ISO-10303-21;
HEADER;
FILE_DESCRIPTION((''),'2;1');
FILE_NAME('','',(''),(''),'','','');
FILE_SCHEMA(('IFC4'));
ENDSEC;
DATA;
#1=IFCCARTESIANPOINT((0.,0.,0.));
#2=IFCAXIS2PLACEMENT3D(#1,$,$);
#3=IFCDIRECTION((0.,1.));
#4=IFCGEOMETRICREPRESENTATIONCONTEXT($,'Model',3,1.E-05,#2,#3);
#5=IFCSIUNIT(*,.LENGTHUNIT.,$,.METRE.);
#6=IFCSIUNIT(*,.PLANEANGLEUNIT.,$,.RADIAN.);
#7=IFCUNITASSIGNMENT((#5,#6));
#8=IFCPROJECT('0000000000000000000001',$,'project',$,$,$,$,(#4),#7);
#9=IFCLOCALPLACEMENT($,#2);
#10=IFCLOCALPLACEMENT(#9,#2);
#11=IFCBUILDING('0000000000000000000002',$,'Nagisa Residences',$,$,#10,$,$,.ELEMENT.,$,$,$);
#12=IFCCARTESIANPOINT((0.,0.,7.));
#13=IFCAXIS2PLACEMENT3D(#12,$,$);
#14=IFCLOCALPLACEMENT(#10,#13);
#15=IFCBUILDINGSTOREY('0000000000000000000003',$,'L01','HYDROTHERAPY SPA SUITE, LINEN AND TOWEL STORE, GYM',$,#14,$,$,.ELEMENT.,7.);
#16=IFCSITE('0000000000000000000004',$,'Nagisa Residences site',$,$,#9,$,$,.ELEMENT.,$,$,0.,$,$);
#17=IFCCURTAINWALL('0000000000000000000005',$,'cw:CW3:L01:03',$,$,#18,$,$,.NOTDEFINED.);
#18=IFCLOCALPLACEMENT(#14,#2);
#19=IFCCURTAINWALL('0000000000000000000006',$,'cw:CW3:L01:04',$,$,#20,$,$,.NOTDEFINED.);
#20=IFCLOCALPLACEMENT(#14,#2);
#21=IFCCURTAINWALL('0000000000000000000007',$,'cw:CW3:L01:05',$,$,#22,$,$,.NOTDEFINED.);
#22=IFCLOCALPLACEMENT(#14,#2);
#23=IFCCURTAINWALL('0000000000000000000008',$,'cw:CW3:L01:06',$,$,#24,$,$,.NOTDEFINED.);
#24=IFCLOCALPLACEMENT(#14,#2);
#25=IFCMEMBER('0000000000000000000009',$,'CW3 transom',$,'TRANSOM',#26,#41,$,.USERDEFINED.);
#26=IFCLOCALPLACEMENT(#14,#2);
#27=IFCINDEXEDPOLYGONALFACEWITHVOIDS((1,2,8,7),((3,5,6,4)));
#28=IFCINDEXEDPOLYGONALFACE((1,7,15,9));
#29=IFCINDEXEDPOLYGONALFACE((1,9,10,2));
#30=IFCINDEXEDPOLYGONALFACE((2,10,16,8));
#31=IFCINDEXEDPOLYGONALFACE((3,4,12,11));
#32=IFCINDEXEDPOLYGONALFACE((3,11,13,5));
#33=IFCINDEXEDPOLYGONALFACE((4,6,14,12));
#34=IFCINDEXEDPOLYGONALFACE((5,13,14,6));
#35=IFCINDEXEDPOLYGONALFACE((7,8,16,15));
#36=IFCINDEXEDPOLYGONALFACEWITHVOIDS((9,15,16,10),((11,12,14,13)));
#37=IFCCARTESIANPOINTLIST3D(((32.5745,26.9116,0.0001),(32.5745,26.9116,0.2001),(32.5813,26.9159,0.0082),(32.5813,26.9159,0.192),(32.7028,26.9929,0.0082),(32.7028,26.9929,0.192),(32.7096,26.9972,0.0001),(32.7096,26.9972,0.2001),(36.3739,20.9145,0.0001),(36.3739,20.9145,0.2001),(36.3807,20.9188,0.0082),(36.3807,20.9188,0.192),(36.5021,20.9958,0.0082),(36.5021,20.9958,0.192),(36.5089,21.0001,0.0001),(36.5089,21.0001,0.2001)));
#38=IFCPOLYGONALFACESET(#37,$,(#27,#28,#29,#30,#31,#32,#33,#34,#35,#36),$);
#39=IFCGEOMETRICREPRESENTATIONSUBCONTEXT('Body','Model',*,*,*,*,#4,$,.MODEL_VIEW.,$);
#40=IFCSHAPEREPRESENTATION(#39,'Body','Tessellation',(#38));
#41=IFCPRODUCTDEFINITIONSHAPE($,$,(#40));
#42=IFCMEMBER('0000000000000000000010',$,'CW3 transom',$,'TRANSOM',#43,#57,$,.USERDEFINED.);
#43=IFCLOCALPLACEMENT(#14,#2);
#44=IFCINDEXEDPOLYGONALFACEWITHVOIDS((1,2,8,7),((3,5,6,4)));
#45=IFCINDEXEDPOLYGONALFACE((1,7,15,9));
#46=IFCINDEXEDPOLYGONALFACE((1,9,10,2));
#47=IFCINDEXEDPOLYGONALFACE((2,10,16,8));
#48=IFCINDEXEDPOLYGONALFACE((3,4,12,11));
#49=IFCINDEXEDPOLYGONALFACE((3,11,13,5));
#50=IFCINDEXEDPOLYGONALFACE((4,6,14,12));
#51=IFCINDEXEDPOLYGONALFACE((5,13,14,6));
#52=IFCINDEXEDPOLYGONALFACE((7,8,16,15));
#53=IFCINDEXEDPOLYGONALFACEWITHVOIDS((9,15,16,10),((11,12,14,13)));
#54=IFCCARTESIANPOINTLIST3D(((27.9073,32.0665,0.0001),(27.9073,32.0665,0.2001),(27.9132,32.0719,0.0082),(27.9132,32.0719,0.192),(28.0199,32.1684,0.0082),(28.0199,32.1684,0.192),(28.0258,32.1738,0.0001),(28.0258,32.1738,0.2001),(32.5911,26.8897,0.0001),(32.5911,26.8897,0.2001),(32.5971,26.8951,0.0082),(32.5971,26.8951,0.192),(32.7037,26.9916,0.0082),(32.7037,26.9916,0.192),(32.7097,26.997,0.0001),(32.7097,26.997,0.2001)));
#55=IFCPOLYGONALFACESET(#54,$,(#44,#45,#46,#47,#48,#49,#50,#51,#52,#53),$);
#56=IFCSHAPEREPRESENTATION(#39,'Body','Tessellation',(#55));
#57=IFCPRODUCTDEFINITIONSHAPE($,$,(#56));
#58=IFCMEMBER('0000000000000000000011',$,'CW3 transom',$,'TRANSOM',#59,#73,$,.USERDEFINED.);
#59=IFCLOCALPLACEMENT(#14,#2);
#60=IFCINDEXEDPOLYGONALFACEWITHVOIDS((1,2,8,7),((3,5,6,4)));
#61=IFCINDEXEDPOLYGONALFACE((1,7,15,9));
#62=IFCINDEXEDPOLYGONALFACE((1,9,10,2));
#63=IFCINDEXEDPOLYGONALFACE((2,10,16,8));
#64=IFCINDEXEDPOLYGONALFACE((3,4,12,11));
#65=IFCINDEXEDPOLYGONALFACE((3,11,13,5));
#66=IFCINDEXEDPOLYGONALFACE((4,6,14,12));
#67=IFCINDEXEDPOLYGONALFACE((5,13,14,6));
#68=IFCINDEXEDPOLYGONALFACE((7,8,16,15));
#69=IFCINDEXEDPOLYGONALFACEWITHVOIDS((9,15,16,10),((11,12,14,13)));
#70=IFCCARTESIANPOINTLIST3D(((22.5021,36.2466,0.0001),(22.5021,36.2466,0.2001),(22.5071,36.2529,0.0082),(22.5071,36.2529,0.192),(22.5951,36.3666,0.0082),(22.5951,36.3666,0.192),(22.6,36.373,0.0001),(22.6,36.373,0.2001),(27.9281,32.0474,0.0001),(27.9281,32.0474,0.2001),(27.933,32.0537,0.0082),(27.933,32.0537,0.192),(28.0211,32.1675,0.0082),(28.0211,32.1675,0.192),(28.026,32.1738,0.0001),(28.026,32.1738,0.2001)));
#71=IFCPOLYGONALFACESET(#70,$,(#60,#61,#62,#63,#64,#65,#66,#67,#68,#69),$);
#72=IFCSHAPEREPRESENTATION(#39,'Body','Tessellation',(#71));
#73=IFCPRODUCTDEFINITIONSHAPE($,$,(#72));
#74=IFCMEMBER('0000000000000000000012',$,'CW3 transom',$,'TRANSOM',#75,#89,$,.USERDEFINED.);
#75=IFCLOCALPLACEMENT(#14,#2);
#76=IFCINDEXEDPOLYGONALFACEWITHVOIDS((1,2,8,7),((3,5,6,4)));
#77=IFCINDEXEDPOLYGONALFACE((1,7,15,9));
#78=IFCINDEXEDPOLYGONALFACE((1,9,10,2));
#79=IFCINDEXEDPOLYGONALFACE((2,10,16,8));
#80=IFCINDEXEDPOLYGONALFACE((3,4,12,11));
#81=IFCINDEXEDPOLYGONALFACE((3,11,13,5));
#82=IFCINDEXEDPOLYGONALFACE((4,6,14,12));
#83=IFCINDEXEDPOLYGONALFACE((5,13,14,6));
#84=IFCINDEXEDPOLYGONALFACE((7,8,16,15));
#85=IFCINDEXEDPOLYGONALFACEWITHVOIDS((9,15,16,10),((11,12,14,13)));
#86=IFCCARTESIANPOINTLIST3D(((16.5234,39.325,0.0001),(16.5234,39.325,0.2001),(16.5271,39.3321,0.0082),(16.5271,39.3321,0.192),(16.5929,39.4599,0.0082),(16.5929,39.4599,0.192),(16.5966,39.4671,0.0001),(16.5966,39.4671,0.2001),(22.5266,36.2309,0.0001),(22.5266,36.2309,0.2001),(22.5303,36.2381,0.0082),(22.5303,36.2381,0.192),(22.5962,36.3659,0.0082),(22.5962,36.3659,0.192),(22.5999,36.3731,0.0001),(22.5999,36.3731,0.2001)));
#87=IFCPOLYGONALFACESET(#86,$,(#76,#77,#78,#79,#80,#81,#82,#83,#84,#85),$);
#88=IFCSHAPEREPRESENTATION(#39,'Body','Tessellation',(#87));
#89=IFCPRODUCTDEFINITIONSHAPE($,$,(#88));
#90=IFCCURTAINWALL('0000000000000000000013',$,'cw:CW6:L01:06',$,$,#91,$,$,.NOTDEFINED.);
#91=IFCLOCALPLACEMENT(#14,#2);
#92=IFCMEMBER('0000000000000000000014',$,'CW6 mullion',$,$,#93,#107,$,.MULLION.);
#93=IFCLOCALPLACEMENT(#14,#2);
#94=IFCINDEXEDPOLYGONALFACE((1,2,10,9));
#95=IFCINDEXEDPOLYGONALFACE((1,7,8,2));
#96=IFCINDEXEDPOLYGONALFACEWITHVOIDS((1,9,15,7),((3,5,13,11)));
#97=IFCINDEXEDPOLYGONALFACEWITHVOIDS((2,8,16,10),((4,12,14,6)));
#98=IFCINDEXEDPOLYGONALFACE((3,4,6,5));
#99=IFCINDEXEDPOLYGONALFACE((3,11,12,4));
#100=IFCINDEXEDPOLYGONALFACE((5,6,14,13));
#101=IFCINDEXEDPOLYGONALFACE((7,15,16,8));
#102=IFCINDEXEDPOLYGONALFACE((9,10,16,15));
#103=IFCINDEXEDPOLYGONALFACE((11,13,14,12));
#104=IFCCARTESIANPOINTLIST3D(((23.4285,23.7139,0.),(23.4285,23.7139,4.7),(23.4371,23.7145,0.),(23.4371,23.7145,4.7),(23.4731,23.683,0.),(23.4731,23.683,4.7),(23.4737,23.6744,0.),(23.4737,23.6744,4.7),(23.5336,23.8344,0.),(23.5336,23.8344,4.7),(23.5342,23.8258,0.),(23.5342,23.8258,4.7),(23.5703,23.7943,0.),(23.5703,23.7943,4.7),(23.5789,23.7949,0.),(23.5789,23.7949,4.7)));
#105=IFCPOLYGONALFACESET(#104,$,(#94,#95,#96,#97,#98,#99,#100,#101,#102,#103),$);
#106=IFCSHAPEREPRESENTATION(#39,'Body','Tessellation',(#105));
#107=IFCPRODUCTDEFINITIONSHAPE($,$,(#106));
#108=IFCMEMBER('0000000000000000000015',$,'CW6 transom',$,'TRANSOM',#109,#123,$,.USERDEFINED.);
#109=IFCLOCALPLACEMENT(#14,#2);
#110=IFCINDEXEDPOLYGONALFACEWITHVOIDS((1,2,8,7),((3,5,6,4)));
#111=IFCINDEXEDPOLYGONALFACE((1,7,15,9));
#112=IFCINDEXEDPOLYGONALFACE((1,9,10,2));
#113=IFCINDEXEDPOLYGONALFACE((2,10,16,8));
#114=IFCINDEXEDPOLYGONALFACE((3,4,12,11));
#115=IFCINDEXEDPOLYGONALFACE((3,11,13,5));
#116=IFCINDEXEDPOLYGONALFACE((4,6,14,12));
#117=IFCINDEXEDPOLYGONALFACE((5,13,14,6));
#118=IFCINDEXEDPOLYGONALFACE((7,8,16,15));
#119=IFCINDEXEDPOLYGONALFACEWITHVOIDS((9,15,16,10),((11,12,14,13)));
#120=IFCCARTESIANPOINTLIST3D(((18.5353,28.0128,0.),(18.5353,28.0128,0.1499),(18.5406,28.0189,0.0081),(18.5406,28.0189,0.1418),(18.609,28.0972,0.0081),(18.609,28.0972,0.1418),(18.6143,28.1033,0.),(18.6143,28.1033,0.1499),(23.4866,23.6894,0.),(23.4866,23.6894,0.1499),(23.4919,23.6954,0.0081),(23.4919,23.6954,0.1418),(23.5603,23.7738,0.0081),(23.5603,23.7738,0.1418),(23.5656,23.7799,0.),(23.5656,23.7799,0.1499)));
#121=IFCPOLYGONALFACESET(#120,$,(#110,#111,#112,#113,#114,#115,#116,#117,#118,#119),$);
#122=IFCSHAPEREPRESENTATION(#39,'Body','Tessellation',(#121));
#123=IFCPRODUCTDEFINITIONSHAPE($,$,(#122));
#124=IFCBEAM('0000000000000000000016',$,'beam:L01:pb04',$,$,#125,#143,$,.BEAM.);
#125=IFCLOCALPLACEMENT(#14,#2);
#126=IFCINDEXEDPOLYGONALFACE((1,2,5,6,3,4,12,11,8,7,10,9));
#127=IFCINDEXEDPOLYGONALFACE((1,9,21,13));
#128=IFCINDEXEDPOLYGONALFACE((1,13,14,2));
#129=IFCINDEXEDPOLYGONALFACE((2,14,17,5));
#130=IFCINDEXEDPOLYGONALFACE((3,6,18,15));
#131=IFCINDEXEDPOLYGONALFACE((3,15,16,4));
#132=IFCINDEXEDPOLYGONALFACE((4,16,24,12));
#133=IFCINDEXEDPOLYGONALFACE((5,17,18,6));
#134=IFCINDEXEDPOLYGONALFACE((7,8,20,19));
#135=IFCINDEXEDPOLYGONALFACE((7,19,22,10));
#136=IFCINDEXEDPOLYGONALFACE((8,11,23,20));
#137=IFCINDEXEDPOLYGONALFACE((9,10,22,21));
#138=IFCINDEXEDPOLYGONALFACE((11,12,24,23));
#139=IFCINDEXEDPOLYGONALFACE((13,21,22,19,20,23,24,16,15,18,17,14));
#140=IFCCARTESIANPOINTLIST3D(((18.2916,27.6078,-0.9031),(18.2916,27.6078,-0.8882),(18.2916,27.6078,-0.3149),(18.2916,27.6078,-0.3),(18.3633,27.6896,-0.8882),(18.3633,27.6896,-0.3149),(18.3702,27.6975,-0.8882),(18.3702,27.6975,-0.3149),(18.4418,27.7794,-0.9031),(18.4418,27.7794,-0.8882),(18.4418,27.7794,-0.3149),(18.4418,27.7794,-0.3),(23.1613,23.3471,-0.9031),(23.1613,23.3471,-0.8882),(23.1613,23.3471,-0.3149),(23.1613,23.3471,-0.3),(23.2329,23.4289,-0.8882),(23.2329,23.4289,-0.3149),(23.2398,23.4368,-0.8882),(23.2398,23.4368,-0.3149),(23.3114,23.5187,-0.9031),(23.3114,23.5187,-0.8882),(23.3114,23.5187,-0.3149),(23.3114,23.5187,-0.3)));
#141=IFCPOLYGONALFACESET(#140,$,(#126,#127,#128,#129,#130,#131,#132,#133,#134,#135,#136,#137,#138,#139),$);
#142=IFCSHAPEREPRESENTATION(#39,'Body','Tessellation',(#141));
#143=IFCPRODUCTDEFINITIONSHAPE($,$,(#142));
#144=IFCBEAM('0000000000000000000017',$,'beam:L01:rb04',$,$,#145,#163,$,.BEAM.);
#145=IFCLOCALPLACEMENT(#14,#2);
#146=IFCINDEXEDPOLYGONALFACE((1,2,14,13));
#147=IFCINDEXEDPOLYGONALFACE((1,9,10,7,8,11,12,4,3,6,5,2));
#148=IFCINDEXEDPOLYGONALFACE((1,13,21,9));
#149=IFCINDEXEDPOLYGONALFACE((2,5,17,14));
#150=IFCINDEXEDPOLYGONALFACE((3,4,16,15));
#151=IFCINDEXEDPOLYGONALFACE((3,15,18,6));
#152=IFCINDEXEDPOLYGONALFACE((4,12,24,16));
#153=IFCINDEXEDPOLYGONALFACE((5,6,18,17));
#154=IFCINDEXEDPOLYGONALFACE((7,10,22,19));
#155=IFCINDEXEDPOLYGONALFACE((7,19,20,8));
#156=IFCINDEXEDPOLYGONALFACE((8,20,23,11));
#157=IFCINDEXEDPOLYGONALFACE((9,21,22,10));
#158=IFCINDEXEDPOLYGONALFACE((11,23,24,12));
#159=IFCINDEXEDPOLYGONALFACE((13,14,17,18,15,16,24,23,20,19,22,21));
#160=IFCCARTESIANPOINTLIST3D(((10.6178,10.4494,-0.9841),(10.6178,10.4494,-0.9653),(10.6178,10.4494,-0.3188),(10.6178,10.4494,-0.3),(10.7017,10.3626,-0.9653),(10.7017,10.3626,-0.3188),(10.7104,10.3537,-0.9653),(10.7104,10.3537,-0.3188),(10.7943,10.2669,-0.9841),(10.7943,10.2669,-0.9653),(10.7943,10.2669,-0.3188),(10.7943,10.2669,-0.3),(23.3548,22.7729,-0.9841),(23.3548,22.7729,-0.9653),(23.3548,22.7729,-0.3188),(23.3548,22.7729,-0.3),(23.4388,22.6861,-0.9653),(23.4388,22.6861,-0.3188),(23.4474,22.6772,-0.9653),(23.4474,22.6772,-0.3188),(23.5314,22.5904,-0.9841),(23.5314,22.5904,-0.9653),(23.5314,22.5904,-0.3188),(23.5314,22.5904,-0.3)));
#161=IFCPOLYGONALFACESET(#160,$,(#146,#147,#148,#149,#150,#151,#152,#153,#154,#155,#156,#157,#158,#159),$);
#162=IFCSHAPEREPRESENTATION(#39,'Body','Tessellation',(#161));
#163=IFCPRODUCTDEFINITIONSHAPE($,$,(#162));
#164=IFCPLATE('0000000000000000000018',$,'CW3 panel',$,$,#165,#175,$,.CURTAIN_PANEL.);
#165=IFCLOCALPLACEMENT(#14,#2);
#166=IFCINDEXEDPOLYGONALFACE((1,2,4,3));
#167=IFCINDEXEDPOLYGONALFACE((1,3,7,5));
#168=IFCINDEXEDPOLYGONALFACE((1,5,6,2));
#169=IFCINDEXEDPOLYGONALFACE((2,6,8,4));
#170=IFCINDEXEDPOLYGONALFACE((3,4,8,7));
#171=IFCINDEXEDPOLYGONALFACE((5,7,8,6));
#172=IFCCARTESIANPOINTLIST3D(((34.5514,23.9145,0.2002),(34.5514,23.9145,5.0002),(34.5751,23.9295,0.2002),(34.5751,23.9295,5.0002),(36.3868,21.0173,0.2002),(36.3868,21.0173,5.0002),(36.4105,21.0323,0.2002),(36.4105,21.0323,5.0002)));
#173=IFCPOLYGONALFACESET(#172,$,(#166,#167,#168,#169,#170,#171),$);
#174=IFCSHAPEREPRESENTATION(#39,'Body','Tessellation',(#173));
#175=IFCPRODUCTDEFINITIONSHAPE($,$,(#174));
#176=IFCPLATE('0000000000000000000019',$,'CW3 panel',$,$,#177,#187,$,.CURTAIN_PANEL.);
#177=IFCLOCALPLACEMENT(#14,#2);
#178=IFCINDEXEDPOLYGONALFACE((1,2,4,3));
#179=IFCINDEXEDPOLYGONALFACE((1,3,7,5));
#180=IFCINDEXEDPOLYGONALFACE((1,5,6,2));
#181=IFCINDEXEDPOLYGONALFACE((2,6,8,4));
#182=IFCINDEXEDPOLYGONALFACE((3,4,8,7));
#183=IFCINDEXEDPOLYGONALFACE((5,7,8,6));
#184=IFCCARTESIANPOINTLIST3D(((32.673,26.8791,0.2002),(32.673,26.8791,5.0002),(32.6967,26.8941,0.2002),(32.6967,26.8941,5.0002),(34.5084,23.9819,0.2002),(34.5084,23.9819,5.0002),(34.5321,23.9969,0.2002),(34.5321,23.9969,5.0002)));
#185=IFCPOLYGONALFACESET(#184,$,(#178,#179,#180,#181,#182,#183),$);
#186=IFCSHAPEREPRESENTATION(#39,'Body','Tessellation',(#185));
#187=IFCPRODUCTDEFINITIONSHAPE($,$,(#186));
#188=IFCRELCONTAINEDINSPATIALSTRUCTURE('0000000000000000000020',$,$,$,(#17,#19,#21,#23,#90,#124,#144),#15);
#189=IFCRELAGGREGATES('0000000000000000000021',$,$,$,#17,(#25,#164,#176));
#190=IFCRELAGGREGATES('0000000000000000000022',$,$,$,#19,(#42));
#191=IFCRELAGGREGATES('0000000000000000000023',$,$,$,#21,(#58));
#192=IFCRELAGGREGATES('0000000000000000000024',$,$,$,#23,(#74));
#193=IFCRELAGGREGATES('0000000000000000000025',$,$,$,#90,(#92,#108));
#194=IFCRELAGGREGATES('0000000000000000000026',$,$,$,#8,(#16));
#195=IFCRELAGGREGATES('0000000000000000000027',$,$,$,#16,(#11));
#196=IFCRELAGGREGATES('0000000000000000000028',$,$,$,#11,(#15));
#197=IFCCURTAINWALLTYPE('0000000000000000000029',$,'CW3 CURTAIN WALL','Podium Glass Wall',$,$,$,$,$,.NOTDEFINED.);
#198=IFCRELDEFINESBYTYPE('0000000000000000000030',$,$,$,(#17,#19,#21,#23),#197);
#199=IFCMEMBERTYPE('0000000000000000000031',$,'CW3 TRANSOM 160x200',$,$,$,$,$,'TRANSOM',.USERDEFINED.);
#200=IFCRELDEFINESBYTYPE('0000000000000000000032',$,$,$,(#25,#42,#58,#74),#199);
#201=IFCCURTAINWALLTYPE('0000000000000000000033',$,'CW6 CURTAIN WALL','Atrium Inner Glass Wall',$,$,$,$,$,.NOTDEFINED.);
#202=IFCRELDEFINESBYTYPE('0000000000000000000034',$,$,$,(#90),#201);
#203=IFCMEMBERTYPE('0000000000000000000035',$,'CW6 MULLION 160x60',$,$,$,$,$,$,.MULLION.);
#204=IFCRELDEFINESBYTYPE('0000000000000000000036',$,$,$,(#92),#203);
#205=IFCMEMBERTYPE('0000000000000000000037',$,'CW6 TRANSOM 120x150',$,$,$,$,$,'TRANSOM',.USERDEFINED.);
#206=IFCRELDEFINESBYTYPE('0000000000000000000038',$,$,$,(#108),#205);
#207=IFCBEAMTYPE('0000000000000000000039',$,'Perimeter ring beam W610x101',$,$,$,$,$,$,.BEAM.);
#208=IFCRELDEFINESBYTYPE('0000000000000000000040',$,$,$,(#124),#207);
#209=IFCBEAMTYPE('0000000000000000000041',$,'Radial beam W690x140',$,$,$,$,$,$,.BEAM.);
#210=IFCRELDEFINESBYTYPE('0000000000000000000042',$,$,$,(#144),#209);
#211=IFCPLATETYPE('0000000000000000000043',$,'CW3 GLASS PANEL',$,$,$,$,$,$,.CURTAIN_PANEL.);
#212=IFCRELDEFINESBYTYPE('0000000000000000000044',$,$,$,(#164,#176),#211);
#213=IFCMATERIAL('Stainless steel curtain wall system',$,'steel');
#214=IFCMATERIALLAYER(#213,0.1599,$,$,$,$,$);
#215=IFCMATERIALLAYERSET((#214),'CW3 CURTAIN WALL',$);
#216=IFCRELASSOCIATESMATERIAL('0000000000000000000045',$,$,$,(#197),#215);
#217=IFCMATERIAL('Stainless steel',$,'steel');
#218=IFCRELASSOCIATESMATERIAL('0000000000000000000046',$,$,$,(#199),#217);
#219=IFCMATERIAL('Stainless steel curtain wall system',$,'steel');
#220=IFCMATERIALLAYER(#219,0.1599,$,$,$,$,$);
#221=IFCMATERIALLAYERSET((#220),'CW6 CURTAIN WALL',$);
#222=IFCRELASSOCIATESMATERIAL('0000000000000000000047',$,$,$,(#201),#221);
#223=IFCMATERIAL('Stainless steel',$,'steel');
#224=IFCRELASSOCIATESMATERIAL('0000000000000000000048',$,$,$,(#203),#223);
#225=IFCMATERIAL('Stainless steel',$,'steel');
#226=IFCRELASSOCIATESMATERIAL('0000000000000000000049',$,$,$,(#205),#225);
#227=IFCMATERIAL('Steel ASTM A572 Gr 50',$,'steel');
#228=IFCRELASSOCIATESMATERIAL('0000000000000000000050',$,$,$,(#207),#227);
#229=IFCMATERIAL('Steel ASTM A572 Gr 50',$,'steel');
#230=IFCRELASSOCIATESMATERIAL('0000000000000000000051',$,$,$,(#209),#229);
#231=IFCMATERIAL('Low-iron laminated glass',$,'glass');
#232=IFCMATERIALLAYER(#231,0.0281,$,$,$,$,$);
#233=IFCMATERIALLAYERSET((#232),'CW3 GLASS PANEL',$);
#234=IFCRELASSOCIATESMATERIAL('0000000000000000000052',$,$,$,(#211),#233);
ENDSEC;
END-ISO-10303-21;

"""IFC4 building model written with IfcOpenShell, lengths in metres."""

from ifc_helpers import new_model, si_unit, direction, frame, origin, origin_2d, place, context, subcontext, project, spatial, rectangle, hollow_rectangle, i_section, extrude, material, layer, layer_set, material_profile, profile_set, type_object, element, aggregate, save


model = new_model("IFC4")

# Units and contexts
model_context = context("Model", 3, precision=1e-05, world=origin(), true_north=direction((0.0, 1.0)))
body_context = subcontext(model_context, "Body", "Model", "MODEL_VIEW")
ifc_project = project(units=[si_unit("LENGTHUNIT", "METRE"), si_unit("PLANEANGLEUNIT", "RADIAN")], contexts=[model_context])

# Site, building, storey
site_placement = place(None, origin())
site = spatial("IfcSite", under=ifc_project, at=site_placement, Name="Nagisa Residences site", CompositionType="ELEMENT", RefElevation=0.0)
building_placement = place(site_placement, origin())
building = spatial("IfcBuilding", under=site, at=building_placement, Name="Nagisa Residences", CompositionType="ELEMENT")
storey_placement = place(building_placement, frame((0.0, 0.0, 7.0)))
storey = spatial("IfcBuildingStorey", under=building, at=storey_placement, Name="L01", Description="HYDROTHERAPY SPA SUITE, LINEN AND TOWEL STORE, GYM", CompositionType="ELEMENT", Elevation=7.0)

# Curtain walls
ifc_material_1 = material(Name="Stainless steel curtain wall system", Category="steel")
ifc_layer_1 = layer(ifc_material_1, 0.1599)
ifc_layer_set_1 = layer_set([ifc_layer_1], Name="CW3 CURTAIN WALL")
curtain_wall_type_1 = type_object("IfcCurtainWallType", Name="CW3 CURTAIN WALL", Description="Podium Glass Wall", PredefinedType="NOTDEFINED", material=ifc_layer_set_1)
curtain_wall_1_placement = place(storey_placement, origin())
curtain_wall_1 = element("IfcCurtainWall", 1, at=curtain_wall_1_placement, inside=storey, type_object=curtain_wall_type_1, Name="cw:CW3:L01:03", PredefinedType="NOTDEFINED")
curtain_wall_2_placement = place(storey_placement, origin())
curtain_wall_2 = element("IfcCurtainWall", 2, at=curtain_wall_2_placement, inside=storey, type_object=curtain_wall_type_1, Name="cw:CW3:L01:04", PredefinedType="NOTDEFINED")
curtain_wall_3_placement = place(storey_placement, origin())
curtain_wall_3 = element("IfcCurtainWall", 3, at=curtain_wall_3_placement, inside=storey, type_object=curtain_wall_type_1, Name="cw:CW3:L01:05", PredefinedType="NOTDEFINED")
curtain_wall_4_placement = place(storey_placement, origin())
curtain_wall_4 = element("IfcCurtainWall", 4, at=curtain_wall_4_placement, inside=storey, type_object=curtain_wall_type_1, Name="cw:CW3:L01:06", PredefinedType="NOTDEFINED")

# Members
ifc_material_2 = material(Name="Stainless steel", Category="steel")
ifc_material_profile_1 = material_profile(ifc_material_2, hollow_rectangle(XDim=0.1599, YDim=0.2, WallThickness=0.0081, at=origin_2d()), Name="CW3 TRANSOM 160x200")
ifc_profile_set_1 = profile_set([ifc_material_profile_1], Name="Stainless steel")
member_type_1 = type_object("IfcMemberType", Name="CW3 TRANSOM 160x200", ElementType="TRANSOM", PredefinedType="USERDEFINED", material=ifc_profile_set_1)
member_1_placement = place(storey_placement, frame((36.4414, 20.9573, 0.1001), z_axis=(-0.53517, 0.844744, 0.0), x_axis=(-0.844744, -0.53517, 0.0)))
member_1 = element("IfcMember", 5, at=member_1_placement, type_object=member_type_1, Name="CW3 transom", ObjectType="TRANSOM", PredefinedType="USERDEFINED", context=body_context, shape_type="SweptSolid", body=[
    extrude(hollow_rectangle(XDim=0.1599, YDim=0.2, WallThickness=0.0081, at=origin_2d()), origin(), (0.0, 0.0, 1.0), 7.0994),
])
member_2_placement = place(storey_placement, frame((32.6504, 26.9434, 0.1001), z_axis=(-0.670922, 0.741528, 0.0), x_axis=(-0.741528, -0.670922, 0.0)))
member_2 = element("IfcMember", 6, at=member_2_placement, type_object=member_type_1, Name="CW3 transom", ObjectType="TRANSOM", PredefinedType="USERDEFINED", context=body_context, shape_type="SweptSolid", body=[
    extrude(hollow_rectangle(XDim=0.1599, YDim=0.2, WallThickness=0.0081, at=origin_2d()), origin(), (0.0, 0.0, 1.0), 6.9812),
])
member_3_placement = place(storey_placement, frame((27.9771, 32.1106, 0.1001), z_axis=(-0.790835, 0.61203, 0.0), x_axis=(-0.61203, -0.790835, 0.0)))
member_3 = element("IfcMember", 7, at=member_3_placement, type_object=member_type_1, Name="CW3 transom", ObjectType="TRANSOM", PredefinedType="USERDEFINED", context=body_context, shape_type="SweptSolid", body=[
    extrude(hollow_rectangle(XDim=0.1599, YDim=0.2, WallThickness=0.0081, at=origin_2d()), origin(), (0.0, 0.0, 1.0), 6.8611),
])
member_4_placement = place(storey_placement, frame((22.5632, 36.302, 0.1001), z_axis=(-0.888887, 0.458126, 0.0), x_axis=(-0.458126, -0.888887, 0.0)))
member_4 = element("IfcMember", 8, at=member_4_placement, type_object=member_type_1, Name="CW3 transom", ObjectType="TRANSOM", PredefinedType="USERDEFINED", context=body_context, shape_type="SweptSolid", body=[
    extrude(hollow_rectangle(XDim=0.1599, YDim=0.2, WallThickness=0.0081, at=origin_2d()), origin(), (0.0, 0.0, 1.0), 6.7537),
])

# Curtain wall, members
ifc_material_3 = material(Name="Stainless steel curtain wall system", Category="steel")
ifc_layer_2 = layer(ifc_material_3, 0.1599)
ifc_layer_set_2 = layer_set([ifc_layer_2], Name="CW6 CURTAIN WALL")
curtain_wall_type_2 = type_object("IfcCurtainWallType", Name="CW6 CURTAIN WALL", Description="Atrium Inner Glass Wall", PredefinedType="NOTDEFINED", material=ifc_layer_set_2)
curtain_wall_5_placement = place(storey_placement, origin())
curtain_wall_5 = element("IfcCurtainWall", 9, at=curtain_wall_5_placement, inside=storey, type_object=curtain_wall_type_2, Name="cw:CW6:L01:06", PredefinedType="NOTDEFINED")
ifc_material_4 = material(Name="Stainless steel", Category="steel")
ifc_material_profile_2 = material_profile(ifc_material_4, hollow_rectangle(XDim=0.1599, YDim=0.0601, WallThickness=0.0061, at=origin_2d()), Name="CW6 MULLION 160x60")
ifc_profile_set_2 = profile_set([ifc_material_profile_2], Name="Stainless steel")
member_type_2 = type_object("IfcMemberType", Name="CW6 MULLION 160x60", PredefinedType="MULLION", material=ifc_profile_set_2)
member_5_placement = place(storey_placement, frame((23.5037, 23.7544, 0.0), z_axis=(0.0, 0.0, 1.0), x_axis=(-0.657721, -0.753261, 0.0)))
member_5 = element("IfcMember", 10, at=member_5_placement, type_object=member_type_2, Name="CW6 mullion", PredefinedType="MULLION", context=body_context, shape_type="SweptSolid", body=[
    extrude(hollow_rectangle(XDim=0.1599, YDim=0.0601, WallThickness=0.0061, at=origin_2d()), origin(), (0.0, 0.0, 1.0), 4.7),
])
ifc_material_5 = material(Name="Stainless steel", Category="steel")
ifc_material_profile_3 = material_profile(ifc_material_5, hollow_rectangle(XDim=0.1201, YDim=0.1499, WallThickness=0.0081, at=origin_2d()), Name="CW6 TRANSOM 120x150")
ifc_profile_set_3 = profile_set([ifc_material_profile_3], Name="Stainless steel")
member_type_3 = type_object("IfcMemberType", Name="CW6 TRANSOM 120x150", ElementType="TRANSOM", PredefinedType="USERDEFINED", material=ifc_profile_set_3)
member_6_placement = place(storey_placement, frame((23.5261, 23.7346, 0.075), z_axis=(-0.753255, 0.657729, 0.0), x_axis=(-0.657729, -0.753255, 0.0)))
member_6 = element("IfcMember", 11, at=member_6_placement, type_object=member_type_3, Name="CW6 transom", ObjectType="TRANSOM", PredefinedType="USERDEFINED", context=body_context, shape_type="SweptSolid", body=[
    extrude(hollow_rectangle(XDim=0.1201, YDim=0.1499, WallThickness=0.0081, at=origin_2d()), origin(), (0.0, 0.0, 1.0), 6.5732),
])

# Beams
ifc_material_6 = material(Name="Steel ASTM A572 Gr 50", Category="steel")
ifc_material_profile_4 = material_profile(ifc_material_6, i_section(OverallWidth=0.228, OverallDepth=0.603, WebThickness=0.0105, FlangeThickness=0.0149, at=origin_2d()), Name="W610x101")
ifc_profile_set_4 = profile_set([ifc_material_profile_4], Name="Steel ASTM A572 Gr 50")
beam_type_1 = type_object("IfcBeamType", Name="Perimeter ring beam W610x101", PredefinedType="BEAM", material=ifc_profile_set_4)
beam_1_placement = place(storey_placement, frame((23.2363, 23.4329, -0.6016), z_axis=(-0.752591, 0.658489, 0.0), x_axis=(-0.658489, -0.752591, 0.0)))
element("IfcBeam", 12, at=beam_1_placement, inside=storey, type_object=beam_type_1, Name="beam:L01:pb04", PredefinedType="BEAM", context=body_context, shape_type="SweptSolid", body=[
    extrude(i_section(OverallWidth=0.228, OverallDepth=0.603, WebThickness=0.0105, FlangeThickness=0.0149, at=origin_2d()), origin(), (0.0, 0.0, 1.0), 6.4705),
])
ifc_material_7 = material(Name="Steel ASTM A572 Gr 50", Category="steel")
ifc_material_profile_5 = material_profile(ifc_material_7, i_section(OverallWidth=0.2539, OverallDepth=0.6841, WebThickness=0.0125, FlangeThickness=0.0188, at=origin_2d()), Name="W690x140")
ifc_profile_set_5 = profile_set([ifc_material_profile_5], Name="Steel ASTM A572 Gr 50")
beam_type_2 = type_object("IfcBeamType", Name="Radial beam W690x140", PredefinedType="BEAM", material=ifc_profile_set_5)
beam_2_placement = place(storey_placement, frame((23.4431, 22.6816, -0.6421), z_axis=(-0.718678, -0.695343, 0.0), x_axis=(0.695343, -0.718678, 0.0)))
element("IfcBeam", 13, at=beam_2_placement, inside=storey, type_object=beam_type_2, Name="beam:L01:rb04", PredefinedType="BEAM", context=body_context, shape_type="SweptSolid", body=[
    extrude(i_section(OverallWidth=0.2539, OverallDepth=0.6841, WebThickness=0.0125, FlangeThickness=0.0188, at=origin_2d()), origin(), (0.0, 0.0, 1.0), 17.7229),
])

# Plates
ifc_material_8 = material(Name="Low-iron laminated glass", Category="glass")
ifc_layer_3 = layer(ifc_material_8, 0.0281)
ifc_layer_set_3 = layer_set([ifc_layer_3], Name="CW3 GLASS PANEL")
plate_type_1 = type_object("IfcPlateType", Name="CW3 GLASS PANEL", PredefinedType="CURTAIN_PANEL", material=ifc_layer_set_3)
plate_1_placement = place(storey_placement, frame((35.481, 22.4734, 0.2002), z_axis=(0.0, 0.0, 1.0), x_axis=(-0.535165, 0.844747, 0.0)))
plate_1 = element("IfcPlate", 14, at=plate_1_placement, type_object=plate_type_1, Name="CW3 panel", PredefinedType="CURTAIN_PANEL", context=body_context, shape_type="SweptSolid", body=[
    extrude(rectangle(XDim=3.4297, YDim=0.0281, at=origin_2d()), origin(), (0.0, 0.0, 1.0), 4.8),
])
plate_2_placement = place(storey_placement, frame((33.6025, 25.438, 0.2002), z_axis=(0.0, 0.0, 1.0), x_axis=(-0.535165, 0.844747, 0.0)))
plate_2 = element("IfcPlate", 15, at=plate_2_placement, type_object=plate_type_1, Name="CW3 panel", PredefinedType="CURTAIN_PANEL", context=body_context, shape_type="SweptSolid", body=[
    extrude(rectangle(XDim=3.4297, YDim=0.0281, at=origin_2d()), origin(), (0.0, 0.0, 1.0), 4.8),
])
aggregate(curtain_wall_1, [member_1, plate_1, plate_2])
aggregate(curtain_wall_2, [member_2])
aggregate(curtain_wall_3, [member_3])
aggregate(curtain_wall_4, [member_4])
aggregate(curtain_wall_5, [member_5, member_6])

save(model, "model.ifc")
